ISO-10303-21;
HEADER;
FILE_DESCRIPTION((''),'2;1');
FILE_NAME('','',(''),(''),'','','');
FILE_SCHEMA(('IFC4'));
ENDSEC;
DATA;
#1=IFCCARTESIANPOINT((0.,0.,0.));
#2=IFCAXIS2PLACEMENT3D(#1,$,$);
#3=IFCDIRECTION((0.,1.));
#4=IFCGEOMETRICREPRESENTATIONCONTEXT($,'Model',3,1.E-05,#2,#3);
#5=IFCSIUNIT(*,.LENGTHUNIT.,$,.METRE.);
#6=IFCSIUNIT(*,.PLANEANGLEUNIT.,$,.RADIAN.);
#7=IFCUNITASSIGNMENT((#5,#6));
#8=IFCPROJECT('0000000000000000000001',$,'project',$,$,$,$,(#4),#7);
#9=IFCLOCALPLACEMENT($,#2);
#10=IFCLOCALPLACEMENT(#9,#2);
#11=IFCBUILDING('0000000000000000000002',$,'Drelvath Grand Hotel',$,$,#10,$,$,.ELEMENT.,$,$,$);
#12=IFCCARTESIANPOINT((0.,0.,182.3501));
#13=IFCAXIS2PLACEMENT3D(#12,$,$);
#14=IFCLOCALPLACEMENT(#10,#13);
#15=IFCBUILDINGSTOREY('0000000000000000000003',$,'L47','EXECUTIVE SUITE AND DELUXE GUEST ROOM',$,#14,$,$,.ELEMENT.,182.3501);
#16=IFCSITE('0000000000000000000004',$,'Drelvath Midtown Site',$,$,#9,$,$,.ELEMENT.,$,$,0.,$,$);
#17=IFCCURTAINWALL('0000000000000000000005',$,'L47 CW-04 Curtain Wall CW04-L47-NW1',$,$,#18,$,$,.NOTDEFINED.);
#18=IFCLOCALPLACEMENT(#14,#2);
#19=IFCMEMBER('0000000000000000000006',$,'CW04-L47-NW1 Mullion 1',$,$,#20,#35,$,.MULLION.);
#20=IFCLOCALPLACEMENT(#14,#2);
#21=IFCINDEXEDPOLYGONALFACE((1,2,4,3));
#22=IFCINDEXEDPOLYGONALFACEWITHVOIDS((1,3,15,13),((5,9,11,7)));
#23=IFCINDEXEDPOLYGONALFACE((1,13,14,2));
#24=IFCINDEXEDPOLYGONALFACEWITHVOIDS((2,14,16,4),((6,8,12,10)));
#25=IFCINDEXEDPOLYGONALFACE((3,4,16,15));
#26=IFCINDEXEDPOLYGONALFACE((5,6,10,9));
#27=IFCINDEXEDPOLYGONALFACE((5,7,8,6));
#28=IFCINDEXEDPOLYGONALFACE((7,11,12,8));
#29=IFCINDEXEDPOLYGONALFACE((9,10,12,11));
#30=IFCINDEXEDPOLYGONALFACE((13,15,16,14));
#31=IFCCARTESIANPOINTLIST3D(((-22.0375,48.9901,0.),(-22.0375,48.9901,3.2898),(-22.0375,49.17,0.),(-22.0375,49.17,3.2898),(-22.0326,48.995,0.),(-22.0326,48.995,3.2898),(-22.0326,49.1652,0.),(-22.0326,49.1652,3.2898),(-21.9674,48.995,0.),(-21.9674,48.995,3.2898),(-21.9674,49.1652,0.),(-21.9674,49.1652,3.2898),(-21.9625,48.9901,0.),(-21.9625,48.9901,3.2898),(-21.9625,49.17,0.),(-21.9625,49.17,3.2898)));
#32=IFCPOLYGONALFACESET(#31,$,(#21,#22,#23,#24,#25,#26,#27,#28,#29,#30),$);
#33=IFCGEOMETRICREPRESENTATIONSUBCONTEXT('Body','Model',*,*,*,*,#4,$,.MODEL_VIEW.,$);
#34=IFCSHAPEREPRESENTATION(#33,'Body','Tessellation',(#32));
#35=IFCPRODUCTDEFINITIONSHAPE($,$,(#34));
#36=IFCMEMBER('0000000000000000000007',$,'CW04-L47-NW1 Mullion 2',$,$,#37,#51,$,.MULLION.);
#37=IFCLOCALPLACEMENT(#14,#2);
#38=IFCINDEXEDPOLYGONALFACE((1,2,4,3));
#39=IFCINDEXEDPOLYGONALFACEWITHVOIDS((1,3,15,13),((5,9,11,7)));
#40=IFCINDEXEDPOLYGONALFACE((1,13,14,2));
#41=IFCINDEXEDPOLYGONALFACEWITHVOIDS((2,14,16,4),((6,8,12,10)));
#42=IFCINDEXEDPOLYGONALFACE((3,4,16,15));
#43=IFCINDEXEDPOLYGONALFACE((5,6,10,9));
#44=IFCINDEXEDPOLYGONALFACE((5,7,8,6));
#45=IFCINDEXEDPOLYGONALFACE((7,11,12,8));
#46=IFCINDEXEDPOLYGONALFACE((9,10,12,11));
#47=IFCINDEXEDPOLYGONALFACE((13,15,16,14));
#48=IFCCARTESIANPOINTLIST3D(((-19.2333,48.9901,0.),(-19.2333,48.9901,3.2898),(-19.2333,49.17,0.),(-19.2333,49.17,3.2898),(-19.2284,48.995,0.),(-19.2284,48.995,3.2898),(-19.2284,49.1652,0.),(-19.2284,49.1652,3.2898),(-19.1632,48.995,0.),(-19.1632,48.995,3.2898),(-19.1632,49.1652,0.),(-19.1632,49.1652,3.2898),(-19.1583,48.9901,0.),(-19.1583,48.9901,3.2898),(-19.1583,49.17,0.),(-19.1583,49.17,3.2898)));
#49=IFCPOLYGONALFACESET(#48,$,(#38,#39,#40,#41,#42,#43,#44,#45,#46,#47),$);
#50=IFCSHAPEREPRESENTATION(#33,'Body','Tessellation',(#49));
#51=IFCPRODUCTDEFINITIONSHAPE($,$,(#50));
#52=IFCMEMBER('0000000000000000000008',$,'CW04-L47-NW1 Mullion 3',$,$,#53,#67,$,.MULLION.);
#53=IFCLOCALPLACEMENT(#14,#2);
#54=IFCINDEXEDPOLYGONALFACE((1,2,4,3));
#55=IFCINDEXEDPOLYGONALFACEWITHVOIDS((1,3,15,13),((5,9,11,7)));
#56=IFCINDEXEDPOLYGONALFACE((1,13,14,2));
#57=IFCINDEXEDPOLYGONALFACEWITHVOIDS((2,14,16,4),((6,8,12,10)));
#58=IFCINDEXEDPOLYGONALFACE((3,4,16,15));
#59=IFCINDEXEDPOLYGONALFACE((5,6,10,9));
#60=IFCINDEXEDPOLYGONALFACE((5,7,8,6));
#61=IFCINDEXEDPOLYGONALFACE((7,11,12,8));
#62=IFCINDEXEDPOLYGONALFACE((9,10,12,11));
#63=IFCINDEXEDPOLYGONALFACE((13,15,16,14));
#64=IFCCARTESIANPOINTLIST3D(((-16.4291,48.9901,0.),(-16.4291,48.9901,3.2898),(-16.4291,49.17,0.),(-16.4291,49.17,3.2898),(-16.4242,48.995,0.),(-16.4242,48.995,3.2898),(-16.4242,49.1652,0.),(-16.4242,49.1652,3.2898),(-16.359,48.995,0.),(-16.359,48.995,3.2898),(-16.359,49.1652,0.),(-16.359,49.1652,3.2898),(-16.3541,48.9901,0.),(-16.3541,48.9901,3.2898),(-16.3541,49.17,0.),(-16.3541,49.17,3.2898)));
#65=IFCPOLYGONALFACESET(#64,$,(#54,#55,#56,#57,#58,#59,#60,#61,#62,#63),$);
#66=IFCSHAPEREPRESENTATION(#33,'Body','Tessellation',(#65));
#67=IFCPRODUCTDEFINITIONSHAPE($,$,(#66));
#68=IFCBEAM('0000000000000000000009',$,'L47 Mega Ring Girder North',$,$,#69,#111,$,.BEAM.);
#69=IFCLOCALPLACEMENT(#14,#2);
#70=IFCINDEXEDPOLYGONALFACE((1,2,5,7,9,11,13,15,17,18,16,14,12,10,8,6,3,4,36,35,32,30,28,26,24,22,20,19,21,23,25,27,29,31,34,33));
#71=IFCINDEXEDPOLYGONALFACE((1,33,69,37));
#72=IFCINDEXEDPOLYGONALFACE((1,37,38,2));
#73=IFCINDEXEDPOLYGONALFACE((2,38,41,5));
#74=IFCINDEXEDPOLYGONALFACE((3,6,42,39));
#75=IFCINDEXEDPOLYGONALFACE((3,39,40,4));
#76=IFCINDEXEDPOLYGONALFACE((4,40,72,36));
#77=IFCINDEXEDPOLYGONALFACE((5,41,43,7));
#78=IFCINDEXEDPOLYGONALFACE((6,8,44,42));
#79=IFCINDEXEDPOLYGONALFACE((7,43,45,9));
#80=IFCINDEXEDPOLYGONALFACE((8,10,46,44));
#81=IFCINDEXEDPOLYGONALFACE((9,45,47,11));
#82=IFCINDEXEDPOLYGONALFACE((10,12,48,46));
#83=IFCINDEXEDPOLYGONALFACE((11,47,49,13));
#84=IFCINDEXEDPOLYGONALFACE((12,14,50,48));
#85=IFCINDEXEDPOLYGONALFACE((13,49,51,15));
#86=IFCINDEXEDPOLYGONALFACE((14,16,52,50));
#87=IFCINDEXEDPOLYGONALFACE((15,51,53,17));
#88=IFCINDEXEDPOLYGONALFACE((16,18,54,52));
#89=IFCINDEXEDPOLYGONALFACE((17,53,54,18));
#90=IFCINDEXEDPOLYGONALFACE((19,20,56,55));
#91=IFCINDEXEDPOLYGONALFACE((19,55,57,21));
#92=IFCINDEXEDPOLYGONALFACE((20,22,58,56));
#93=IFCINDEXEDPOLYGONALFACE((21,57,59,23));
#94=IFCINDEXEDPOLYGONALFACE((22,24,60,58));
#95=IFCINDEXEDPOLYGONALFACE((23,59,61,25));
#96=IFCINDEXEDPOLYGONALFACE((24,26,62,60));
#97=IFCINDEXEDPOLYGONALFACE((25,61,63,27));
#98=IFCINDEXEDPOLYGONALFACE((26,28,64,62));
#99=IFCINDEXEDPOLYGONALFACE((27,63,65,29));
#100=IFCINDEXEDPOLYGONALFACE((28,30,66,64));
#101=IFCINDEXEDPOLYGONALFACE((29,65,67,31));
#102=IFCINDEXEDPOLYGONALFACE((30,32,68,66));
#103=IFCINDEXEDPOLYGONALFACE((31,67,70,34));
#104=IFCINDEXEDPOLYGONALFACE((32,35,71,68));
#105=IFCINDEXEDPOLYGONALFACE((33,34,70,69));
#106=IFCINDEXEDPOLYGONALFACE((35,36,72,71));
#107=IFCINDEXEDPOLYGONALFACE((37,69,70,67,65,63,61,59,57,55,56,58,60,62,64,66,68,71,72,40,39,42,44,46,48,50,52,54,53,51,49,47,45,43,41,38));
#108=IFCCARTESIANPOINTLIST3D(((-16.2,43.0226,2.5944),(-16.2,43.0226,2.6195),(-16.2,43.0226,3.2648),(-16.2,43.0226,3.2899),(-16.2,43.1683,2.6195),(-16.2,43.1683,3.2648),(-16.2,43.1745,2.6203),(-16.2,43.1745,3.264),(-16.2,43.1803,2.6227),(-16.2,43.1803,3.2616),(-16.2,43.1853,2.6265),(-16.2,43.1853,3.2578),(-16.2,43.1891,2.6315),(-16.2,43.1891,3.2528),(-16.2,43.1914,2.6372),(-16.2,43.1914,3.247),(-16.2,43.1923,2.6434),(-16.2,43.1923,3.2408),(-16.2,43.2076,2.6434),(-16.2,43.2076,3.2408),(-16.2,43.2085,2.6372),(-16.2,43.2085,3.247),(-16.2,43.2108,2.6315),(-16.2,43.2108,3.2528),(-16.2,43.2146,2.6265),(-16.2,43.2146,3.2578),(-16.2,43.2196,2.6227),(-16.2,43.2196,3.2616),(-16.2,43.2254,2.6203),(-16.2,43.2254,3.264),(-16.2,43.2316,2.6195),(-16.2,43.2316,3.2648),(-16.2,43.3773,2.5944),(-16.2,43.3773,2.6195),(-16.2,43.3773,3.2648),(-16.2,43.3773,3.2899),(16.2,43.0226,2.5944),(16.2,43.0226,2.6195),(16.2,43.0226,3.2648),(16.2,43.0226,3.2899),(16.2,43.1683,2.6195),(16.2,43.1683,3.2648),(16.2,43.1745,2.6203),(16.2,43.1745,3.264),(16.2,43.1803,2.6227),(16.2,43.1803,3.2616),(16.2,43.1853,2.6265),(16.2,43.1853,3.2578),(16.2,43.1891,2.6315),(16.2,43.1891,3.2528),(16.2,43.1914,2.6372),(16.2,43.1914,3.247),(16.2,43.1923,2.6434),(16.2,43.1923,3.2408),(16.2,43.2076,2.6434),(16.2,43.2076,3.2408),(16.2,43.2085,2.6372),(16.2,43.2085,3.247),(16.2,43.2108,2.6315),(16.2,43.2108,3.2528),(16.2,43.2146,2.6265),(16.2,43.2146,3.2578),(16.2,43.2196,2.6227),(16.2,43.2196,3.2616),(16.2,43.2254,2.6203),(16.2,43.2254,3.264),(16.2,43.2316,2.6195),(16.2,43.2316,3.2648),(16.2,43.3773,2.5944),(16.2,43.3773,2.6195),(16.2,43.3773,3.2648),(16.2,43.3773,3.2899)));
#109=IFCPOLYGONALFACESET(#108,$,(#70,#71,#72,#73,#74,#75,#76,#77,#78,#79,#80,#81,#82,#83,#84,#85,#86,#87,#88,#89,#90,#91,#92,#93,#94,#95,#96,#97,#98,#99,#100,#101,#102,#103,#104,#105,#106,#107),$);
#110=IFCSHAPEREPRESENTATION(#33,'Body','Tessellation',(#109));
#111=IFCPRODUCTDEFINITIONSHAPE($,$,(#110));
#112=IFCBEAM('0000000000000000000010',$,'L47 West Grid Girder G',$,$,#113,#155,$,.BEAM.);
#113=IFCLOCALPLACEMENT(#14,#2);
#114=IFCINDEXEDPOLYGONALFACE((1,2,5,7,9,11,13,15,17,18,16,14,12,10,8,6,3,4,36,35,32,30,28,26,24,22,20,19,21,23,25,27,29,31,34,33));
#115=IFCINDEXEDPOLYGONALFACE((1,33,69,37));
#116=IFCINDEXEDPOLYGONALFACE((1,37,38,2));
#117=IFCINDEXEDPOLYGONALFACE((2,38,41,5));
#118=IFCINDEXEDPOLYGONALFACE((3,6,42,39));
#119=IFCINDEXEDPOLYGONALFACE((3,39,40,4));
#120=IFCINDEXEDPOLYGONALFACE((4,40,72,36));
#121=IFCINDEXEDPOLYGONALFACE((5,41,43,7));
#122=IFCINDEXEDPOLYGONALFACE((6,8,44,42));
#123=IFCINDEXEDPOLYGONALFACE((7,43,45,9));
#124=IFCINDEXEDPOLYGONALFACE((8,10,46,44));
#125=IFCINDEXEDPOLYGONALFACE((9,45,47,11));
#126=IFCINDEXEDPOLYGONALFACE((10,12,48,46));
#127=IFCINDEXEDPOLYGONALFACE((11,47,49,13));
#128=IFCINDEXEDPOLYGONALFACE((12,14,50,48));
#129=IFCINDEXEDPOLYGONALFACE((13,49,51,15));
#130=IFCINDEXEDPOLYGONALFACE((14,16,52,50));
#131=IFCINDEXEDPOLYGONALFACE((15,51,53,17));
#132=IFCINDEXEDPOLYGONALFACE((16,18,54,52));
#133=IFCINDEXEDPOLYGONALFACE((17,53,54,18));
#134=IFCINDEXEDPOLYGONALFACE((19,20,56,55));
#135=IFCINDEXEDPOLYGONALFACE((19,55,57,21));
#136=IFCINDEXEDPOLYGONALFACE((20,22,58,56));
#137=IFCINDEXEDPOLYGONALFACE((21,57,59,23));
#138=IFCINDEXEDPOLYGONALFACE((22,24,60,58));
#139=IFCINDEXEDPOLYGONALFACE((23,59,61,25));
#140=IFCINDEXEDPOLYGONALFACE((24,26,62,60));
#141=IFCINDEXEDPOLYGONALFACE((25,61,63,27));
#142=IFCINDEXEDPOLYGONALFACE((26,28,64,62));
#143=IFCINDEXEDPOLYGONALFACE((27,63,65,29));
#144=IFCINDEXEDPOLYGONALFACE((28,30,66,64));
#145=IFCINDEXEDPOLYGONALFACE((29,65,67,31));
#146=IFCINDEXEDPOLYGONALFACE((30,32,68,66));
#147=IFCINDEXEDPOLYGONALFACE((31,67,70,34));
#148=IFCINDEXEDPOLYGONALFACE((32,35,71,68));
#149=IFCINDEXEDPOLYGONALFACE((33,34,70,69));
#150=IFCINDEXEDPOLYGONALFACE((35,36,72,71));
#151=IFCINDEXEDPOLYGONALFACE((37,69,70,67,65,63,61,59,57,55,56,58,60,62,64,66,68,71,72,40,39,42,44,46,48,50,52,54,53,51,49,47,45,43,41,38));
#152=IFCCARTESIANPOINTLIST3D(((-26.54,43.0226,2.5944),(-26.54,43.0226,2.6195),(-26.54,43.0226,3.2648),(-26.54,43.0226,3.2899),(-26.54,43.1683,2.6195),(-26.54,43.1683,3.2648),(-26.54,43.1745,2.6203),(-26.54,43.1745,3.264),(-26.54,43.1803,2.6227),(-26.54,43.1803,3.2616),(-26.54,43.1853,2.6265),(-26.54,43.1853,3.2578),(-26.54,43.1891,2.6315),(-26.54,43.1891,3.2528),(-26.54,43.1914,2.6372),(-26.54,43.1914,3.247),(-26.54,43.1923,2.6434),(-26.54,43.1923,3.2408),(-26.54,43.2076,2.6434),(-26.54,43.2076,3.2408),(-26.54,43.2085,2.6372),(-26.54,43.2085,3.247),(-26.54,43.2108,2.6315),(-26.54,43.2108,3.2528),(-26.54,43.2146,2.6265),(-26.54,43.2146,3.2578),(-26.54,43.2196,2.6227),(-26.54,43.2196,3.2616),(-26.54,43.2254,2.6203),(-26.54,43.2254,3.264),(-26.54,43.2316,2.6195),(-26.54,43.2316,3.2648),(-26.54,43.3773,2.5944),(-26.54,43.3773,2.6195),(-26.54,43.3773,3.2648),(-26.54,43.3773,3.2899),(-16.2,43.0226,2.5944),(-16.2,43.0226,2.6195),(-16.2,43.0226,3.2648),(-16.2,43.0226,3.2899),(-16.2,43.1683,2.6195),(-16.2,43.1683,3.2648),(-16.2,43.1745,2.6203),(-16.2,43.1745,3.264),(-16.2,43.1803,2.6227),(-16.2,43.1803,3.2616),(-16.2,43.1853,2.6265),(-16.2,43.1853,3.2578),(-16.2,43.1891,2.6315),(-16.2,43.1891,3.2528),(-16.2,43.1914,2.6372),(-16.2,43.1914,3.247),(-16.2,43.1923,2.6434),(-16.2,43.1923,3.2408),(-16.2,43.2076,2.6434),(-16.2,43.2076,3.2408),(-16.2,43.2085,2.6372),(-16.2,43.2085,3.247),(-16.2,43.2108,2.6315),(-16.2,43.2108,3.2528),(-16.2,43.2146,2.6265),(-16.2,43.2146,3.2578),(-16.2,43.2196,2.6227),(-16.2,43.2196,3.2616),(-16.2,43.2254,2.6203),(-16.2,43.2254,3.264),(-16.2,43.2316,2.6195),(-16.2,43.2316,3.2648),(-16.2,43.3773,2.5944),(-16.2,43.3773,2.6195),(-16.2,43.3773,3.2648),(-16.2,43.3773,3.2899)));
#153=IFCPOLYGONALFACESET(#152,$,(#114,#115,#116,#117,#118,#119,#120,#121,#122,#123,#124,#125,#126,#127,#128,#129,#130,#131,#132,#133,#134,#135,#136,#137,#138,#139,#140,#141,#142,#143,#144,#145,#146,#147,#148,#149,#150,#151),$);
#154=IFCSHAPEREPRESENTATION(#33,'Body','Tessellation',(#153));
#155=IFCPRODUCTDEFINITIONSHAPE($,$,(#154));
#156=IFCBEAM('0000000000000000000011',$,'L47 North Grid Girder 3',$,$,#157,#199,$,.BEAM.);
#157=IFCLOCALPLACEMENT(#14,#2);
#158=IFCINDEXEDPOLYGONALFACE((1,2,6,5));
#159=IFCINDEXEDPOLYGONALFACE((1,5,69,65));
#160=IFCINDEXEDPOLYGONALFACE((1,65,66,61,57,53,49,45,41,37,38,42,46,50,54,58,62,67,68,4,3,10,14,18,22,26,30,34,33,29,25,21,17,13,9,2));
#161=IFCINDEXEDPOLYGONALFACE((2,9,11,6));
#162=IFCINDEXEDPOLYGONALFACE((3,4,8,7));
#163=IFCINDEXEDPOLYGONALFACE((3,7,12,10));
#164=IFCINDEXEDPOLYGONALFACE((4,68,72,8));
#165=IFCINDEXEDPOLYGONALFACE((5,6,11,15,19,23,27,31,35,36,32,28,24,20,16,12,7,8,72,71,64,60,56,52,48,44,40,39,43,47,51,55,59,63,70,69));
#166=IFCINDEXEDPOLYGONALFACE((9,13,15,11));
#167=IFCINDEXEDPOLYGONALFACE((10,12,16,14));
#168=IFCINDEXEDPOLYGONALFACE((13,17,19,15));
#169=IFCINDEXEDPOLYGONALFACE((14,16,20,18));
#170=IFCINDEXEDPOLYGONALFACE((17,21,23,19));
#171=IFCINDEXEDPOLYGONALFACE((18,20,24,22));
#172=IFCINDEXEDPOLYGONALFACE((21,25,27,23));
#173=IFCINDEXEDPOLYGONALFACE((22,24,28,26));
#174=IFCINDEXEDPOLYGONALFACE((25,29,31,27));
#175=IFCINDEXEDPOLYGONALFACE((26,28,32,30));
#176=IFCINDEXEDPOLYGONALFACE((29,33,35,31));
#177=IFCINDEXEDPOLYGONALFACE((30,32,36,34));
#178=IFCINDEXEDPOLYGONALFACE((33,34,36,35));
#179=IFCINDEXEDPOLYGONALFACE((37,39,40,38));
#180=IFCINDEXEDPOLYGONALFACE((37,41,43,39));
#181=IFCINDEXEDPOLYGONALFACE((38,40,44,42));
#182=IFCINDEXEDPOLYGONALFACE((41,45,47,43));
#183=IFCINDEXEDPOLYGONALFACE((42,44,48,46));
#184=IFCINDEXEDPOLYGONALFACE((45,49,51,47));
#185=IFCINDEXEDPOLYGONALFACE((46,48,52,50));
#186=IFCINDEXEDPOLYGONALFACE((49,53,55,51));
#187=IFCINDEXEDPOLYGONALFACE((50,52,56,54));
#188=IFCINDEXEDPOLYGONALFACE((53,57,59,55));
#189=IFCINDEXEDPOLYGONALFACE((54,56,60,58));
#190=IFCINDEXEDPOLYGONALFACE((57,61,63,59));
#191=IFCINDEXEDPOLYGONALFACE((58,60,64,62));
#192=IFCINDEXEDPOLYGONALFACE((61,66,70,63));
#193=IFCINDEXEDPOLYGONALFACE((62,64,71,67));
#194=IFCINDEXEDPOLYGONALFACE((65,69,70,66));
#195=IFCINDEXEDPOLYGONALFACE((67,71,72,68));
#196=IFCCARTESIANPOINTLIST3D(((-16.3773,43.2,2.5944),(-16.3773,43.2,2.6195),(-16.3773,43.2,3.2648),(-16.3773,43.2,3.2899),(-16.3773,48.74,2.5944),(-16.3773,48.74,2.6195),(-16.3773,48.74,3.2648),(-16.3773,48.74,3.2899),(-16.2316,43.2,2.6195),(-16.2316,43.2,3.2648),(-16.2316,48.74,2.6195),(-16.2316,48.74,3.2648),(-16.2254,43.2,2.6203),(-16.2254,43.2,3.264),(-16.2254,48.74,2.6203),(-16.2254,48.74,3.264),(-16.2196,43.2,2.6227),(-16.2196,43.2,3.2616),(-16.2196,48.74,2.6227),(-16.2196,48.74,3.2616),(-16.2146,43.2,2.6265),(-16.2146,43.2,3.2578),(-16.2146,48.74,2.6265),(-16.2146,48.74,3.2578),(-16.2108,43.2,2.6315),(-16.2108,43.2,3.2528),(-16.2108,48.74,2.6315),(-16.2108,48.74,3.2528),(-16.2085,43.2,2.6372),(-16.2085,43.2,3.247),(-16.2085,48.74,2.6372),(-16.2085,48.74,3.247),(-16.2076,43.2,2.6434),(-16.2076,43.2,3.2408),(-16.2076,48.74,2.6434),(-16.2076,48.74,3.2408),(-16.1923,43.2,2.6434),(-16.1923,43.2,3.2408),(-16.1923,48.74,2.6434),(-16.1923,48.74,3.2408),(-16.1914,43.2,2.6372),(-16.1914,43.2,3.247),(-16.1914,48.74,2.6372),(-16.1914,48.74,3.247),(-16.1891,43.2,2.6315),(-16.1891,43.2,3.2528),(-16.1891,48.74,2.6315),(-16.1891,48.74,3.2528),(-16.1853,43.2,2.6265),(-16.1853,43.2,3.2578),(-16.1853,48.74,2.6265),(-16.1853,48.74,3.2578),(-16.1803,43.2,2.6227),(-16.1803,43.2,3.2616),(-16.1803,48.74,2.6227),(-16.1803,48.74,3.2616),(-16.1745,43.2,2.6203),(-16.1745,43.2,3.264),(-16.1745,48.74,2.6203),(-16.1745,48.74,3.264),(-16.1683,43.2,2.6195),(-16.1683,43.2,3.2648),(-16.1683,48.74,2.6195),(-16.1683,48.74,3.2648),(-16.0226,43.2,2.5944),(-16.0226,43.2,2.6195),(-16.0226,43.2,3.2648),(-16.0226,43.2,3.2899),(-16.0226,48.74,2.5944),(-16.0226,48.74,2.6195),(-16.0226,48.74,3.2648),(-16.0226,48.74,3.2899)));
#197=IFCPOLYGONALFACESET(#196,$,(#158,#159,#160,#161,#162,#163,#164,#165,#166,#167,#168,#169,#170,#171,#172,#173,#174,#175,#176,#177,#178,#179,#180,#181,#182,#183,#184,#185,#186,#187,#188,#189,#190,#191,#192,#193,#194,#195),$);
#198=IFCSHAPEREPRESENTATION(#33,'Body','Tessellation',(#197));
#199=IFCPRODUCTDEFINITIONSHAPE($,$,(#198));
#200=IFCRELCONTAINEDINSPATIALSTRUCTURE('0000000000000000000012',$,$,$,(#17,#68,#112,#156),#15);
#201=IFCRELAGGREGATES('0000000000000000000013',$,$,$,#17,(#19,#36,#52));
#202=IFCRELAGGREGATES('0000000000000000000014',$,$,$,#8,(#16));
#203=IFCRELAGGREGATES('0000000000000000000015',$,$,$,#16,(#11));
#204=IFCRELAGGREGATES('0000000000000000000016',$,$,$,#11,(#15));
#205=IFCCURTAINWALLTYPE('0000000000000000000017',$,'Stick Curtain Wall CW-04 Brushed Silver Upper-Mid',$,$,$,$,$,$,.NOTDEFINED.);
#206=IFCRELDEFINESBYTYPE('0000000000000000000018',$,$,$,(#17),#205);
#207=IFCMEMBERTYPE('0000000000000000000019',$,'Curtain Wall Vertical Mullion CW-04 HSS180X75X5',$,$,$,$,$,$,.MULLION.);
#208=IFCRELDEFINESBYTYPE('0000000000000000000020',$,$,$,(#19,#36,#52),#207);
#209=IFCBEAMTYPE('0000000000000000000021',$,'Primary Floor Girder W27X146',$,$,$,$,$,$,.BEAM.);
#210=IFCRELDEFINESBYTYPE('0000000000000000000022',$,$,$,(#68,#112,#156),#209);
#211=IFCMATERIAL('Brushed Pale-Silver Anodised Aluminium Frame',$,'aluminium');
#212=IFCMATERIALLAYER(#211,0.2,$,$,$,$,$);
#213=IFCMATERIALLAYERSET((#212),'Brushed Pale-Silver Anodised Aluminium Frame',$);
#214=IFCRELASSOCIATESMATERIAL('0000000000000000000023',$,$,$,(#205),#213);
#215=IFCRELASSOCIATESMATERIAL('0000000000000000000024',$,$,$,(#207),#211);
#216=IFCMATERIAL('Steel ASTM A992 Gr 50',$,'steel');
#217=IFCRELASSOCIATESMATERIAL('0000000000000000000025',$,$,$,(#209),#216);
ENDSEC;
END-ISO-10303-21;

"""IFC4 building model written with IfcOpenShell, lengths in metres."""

from ifc_helpers import new_model, si_unit, direction, frame, origin, origin_2d, place, context, subcontext, project, spatial, hollow_rectangle, i_section, extrude, material, layer, layer_set, material_profile, profile_set, type_object, element, aggregate, save


model = new_model("IFC4")

# Units and contexts
model_context = context("Model", 3, precision=1e-05, world=origin(), true_north=direction((0.0, 1.0)))
body_context = subcontext(model_context, "Body", "Model", "MODEL_VIEW")
ifc_project = project(units=[si_unit("LENGTHUNIT", "METRE"), si_unit("PLANEANGLEUNIT", "RADIAN")], contexts=[model_context])

# Site, building, storey
site_placement = place(None, origin())
site = spatial("IfcSite", under=ifc_project, at=site_placement, Name="Drelvath Midtown Site", CompositionType="ELEMENT", RefElevation=0.0)
building_placement = place(site_placement, origin())
building = spatial("IfcBuilding", under=site, at=building_placement, Name="Drelvath Grand Hotel", CompositionType="ELEMENT")
storey_placement = place(building_placement, frame((0.0, 0.0, 182.3501)))
storey = spatial("IfcBuildingStorey", under=building, at=storey_placement, Name="L47", Description="EXECUTIVE SUITE AND DELUXE GUEST ROOM", CompositionType="ELEMENT", Elevation=182.3501)

# Shared definitions
ifc_material_1 = material(Name="Steel ASTM A992 Gr 50", Category="steel")

# Curtain wall, members
ifc_material_2 = material(Name="Brushed Pale-Silver Anodised Aluminium Frame", Category="aluminium")
ifc_layer_1 = layer(ifc_material_2, 0.2)
ifc_layer_set_1 = layer_set([ifc_layer_1], Name="Brushed Pale-Silver Anodised Aluminium Frame")
curtain_wall_type = type_object("IfcCurtainWallType", Name="Stick Curtain Wall CW-04 Brushed Silver Upper-Mid", PredefinedType="NOTDEFINED", material=ifc_layer_set_1)
curtain_wall_placement = place(storey_placement, origin())
curtain_wall = element("IfcCurtainWall", 1, at=curtain_wall_placement, inside=storey, type_object=curtain_wall_type, Name="L47 CW-04 Curtain Wall CW04-L47-NW1", PredefinedType="NOTDEFINED")
ifc_material_profile_1 = material_profile(ifc_material_2, hollow_rectangle(XDim=0.075, YDim=0.1799, WallThickness=0.0049, at=origin_2d()), Name="HSS180X75X5")
ifc_profile_set_1 = profile_set([ifc_material_profile_1], Name="Brushed Pale-Silver Anodised Aluminium Frame")
member_type_1 = type_object("IfcMemberType", Name="Curtain Wall Vertical Mullion CW-04 HSS180X75X5", PredefinedType="MULLION", material=ifc_profile_set_1)
member_1_placement = place(storey_placement, frame((-22.0, 49.0801, 0.0), z_axis=(0.0, 0.0, 1.0), x_axis=(1.0, 0.0, 0.0)))
member_1 = element("IfcMember", 2, at=member_1_placement, type_object=member_type_1, Name="CW04-L47-NW1 Mullion 1", PredefinedType="MULLION", context=body_context, shape_type="SweptSolid", body=[
    extrude(hollow_rectangle(XDim=0.075, YDim=0.1799, WallThickness=0.0049, at=origin_2d()), origin(), (0.0, 0.0, 1.0), 3.2898),
])
member_2_placement = place(storey_placement, frame((-19.1958, 49.0801, 0.0), z_axis=(0.0, 0.0, 1.0), x_axis=(1.0, 0.0, 0.0)))
member_2 = element("IfcMember", 3, at=member_2_placement, type_object=member_type_1, Name="CW04-L47-NW1 Mullion 2", PredefinedType="MULLION", context=body_context, shape_type="SweptSolid", body=[
    extrude(hollow_rectangle(XDim=0.075, YDim=0.1799, WallThickness=0.0049, at=origin_2d()), origin(), (0.0, 0.0, 1.0), 3.2898),
])
member_3_placement = place(storey_placement, frame((-16.3916, 49.0801, 0.0), z_axis=(0.0, 0.0, 1.0), x_axis=(1.0, 0.0, 0.0)))
member_3 = element("IfcMember", 4, at=member_3_placement, type_object=member_type_1, Name="CW04-L47-NW1 Mullion 3", PredefinedType="MULLION", context=body_context, shape_type="SweptSolid", body=[
    extrude(hollow_rectangle(XDim=0.075, YDim=0.1799, WallThickness=0.0049, at=origin_2d()), origin(), (0.0, 0.0, 1.0), 3.2898),
])

# Beams
ifc_material_profile_2 = material_profile(ifc_material_1, i_section(OverallWidth=0.3547, OverallDepth=0.6956, WebThickness=0.0154, FlangeThickness=0.0251, FilletRadius=0.0239, at=origin_2d()), Name="W27X146")
ifc_profile_set_2 = profile_set([ifc_material_profile_2], Name="Steel ASTM A992 Gr 50")
beam_type_1 = type_object("IfcBeamType", Name="Primary Floor Girder W27X146", PredefinedType="BEAM", material=ifc_profile_set_2)
beam_1_placement = place(storey_placement, frame((-16.2, 43.2, 2.9421), z_axis=(1.0, 0.0, 0.0), x_axis=(0.0, 1.0, 0.0)))
element("IfcBeam", 5, at=beam_1_placement, inside=storey, type_object=beam_type_1, Name="L47 Mega Ring Girder North", PredefinedType="BEAM", context=body_context, shape_type="SweptSolid", body=[
    extrude(i_section(OverallWidth=0.3547, OverallDepth=0.6956, WebThickness=0.0154, FlangeThickness=0.0251, FilletRadius=0.0239, at=origin_2d()), origin(), (0.0, 0.0, 1.0), 32.3999),
])
beam_2_placement = place(storey_placement, frame((-26.54, 43.2, 2.9421), z_axis=(1.0, 0.0, 0.0), x_axis=(0.0, 1.0, 0.0)))
element("IfcBeam", 6, at=beam_2_placement, inside=storey, type_object=beam_type_1, Name="L47 West Grid Girder G", PredefinedType="BEAM", context=body_context, shape_type="SweptSolid", body=[
    extrude(i_section(OverallWidth=0.3547, OverallDepth=0.6956, WebThickness=0.0154, FlangeThickness=0.0251, FilletRadius=0.0239, at=origin_2d()), origin(), (0.0, 0.0, 1.0), 10.3401),
])
beam_3_placement = place(storey_placement, frame((-16.2, 43.2, 2.9421), z_axis=(0.0, 1.0, 0.0), x_axis=(-1.0, 0.0, 0.0)))
element("IfcBeam", 7, at=beam_3_placement, inside=storey, type_object=beam_type_1, Name="L47 North Grid Girder 3", PredefinedType="BEAM", context=body_context, shape_type="SweptSolid", body=[
    extrude(i_section(OverallWidth=0.3547, OverallDepth=0.6956, WebThickness=0.0154, FlangeThickness=0.0251, FilletRadius=0.0239, at=origin_2d()), origin(), (0.0, 0.0, 1.0), 5.54),
])

aggregate(curtain_wall, [member_1, member_2, member_3])

save(model, "model.ifc")
